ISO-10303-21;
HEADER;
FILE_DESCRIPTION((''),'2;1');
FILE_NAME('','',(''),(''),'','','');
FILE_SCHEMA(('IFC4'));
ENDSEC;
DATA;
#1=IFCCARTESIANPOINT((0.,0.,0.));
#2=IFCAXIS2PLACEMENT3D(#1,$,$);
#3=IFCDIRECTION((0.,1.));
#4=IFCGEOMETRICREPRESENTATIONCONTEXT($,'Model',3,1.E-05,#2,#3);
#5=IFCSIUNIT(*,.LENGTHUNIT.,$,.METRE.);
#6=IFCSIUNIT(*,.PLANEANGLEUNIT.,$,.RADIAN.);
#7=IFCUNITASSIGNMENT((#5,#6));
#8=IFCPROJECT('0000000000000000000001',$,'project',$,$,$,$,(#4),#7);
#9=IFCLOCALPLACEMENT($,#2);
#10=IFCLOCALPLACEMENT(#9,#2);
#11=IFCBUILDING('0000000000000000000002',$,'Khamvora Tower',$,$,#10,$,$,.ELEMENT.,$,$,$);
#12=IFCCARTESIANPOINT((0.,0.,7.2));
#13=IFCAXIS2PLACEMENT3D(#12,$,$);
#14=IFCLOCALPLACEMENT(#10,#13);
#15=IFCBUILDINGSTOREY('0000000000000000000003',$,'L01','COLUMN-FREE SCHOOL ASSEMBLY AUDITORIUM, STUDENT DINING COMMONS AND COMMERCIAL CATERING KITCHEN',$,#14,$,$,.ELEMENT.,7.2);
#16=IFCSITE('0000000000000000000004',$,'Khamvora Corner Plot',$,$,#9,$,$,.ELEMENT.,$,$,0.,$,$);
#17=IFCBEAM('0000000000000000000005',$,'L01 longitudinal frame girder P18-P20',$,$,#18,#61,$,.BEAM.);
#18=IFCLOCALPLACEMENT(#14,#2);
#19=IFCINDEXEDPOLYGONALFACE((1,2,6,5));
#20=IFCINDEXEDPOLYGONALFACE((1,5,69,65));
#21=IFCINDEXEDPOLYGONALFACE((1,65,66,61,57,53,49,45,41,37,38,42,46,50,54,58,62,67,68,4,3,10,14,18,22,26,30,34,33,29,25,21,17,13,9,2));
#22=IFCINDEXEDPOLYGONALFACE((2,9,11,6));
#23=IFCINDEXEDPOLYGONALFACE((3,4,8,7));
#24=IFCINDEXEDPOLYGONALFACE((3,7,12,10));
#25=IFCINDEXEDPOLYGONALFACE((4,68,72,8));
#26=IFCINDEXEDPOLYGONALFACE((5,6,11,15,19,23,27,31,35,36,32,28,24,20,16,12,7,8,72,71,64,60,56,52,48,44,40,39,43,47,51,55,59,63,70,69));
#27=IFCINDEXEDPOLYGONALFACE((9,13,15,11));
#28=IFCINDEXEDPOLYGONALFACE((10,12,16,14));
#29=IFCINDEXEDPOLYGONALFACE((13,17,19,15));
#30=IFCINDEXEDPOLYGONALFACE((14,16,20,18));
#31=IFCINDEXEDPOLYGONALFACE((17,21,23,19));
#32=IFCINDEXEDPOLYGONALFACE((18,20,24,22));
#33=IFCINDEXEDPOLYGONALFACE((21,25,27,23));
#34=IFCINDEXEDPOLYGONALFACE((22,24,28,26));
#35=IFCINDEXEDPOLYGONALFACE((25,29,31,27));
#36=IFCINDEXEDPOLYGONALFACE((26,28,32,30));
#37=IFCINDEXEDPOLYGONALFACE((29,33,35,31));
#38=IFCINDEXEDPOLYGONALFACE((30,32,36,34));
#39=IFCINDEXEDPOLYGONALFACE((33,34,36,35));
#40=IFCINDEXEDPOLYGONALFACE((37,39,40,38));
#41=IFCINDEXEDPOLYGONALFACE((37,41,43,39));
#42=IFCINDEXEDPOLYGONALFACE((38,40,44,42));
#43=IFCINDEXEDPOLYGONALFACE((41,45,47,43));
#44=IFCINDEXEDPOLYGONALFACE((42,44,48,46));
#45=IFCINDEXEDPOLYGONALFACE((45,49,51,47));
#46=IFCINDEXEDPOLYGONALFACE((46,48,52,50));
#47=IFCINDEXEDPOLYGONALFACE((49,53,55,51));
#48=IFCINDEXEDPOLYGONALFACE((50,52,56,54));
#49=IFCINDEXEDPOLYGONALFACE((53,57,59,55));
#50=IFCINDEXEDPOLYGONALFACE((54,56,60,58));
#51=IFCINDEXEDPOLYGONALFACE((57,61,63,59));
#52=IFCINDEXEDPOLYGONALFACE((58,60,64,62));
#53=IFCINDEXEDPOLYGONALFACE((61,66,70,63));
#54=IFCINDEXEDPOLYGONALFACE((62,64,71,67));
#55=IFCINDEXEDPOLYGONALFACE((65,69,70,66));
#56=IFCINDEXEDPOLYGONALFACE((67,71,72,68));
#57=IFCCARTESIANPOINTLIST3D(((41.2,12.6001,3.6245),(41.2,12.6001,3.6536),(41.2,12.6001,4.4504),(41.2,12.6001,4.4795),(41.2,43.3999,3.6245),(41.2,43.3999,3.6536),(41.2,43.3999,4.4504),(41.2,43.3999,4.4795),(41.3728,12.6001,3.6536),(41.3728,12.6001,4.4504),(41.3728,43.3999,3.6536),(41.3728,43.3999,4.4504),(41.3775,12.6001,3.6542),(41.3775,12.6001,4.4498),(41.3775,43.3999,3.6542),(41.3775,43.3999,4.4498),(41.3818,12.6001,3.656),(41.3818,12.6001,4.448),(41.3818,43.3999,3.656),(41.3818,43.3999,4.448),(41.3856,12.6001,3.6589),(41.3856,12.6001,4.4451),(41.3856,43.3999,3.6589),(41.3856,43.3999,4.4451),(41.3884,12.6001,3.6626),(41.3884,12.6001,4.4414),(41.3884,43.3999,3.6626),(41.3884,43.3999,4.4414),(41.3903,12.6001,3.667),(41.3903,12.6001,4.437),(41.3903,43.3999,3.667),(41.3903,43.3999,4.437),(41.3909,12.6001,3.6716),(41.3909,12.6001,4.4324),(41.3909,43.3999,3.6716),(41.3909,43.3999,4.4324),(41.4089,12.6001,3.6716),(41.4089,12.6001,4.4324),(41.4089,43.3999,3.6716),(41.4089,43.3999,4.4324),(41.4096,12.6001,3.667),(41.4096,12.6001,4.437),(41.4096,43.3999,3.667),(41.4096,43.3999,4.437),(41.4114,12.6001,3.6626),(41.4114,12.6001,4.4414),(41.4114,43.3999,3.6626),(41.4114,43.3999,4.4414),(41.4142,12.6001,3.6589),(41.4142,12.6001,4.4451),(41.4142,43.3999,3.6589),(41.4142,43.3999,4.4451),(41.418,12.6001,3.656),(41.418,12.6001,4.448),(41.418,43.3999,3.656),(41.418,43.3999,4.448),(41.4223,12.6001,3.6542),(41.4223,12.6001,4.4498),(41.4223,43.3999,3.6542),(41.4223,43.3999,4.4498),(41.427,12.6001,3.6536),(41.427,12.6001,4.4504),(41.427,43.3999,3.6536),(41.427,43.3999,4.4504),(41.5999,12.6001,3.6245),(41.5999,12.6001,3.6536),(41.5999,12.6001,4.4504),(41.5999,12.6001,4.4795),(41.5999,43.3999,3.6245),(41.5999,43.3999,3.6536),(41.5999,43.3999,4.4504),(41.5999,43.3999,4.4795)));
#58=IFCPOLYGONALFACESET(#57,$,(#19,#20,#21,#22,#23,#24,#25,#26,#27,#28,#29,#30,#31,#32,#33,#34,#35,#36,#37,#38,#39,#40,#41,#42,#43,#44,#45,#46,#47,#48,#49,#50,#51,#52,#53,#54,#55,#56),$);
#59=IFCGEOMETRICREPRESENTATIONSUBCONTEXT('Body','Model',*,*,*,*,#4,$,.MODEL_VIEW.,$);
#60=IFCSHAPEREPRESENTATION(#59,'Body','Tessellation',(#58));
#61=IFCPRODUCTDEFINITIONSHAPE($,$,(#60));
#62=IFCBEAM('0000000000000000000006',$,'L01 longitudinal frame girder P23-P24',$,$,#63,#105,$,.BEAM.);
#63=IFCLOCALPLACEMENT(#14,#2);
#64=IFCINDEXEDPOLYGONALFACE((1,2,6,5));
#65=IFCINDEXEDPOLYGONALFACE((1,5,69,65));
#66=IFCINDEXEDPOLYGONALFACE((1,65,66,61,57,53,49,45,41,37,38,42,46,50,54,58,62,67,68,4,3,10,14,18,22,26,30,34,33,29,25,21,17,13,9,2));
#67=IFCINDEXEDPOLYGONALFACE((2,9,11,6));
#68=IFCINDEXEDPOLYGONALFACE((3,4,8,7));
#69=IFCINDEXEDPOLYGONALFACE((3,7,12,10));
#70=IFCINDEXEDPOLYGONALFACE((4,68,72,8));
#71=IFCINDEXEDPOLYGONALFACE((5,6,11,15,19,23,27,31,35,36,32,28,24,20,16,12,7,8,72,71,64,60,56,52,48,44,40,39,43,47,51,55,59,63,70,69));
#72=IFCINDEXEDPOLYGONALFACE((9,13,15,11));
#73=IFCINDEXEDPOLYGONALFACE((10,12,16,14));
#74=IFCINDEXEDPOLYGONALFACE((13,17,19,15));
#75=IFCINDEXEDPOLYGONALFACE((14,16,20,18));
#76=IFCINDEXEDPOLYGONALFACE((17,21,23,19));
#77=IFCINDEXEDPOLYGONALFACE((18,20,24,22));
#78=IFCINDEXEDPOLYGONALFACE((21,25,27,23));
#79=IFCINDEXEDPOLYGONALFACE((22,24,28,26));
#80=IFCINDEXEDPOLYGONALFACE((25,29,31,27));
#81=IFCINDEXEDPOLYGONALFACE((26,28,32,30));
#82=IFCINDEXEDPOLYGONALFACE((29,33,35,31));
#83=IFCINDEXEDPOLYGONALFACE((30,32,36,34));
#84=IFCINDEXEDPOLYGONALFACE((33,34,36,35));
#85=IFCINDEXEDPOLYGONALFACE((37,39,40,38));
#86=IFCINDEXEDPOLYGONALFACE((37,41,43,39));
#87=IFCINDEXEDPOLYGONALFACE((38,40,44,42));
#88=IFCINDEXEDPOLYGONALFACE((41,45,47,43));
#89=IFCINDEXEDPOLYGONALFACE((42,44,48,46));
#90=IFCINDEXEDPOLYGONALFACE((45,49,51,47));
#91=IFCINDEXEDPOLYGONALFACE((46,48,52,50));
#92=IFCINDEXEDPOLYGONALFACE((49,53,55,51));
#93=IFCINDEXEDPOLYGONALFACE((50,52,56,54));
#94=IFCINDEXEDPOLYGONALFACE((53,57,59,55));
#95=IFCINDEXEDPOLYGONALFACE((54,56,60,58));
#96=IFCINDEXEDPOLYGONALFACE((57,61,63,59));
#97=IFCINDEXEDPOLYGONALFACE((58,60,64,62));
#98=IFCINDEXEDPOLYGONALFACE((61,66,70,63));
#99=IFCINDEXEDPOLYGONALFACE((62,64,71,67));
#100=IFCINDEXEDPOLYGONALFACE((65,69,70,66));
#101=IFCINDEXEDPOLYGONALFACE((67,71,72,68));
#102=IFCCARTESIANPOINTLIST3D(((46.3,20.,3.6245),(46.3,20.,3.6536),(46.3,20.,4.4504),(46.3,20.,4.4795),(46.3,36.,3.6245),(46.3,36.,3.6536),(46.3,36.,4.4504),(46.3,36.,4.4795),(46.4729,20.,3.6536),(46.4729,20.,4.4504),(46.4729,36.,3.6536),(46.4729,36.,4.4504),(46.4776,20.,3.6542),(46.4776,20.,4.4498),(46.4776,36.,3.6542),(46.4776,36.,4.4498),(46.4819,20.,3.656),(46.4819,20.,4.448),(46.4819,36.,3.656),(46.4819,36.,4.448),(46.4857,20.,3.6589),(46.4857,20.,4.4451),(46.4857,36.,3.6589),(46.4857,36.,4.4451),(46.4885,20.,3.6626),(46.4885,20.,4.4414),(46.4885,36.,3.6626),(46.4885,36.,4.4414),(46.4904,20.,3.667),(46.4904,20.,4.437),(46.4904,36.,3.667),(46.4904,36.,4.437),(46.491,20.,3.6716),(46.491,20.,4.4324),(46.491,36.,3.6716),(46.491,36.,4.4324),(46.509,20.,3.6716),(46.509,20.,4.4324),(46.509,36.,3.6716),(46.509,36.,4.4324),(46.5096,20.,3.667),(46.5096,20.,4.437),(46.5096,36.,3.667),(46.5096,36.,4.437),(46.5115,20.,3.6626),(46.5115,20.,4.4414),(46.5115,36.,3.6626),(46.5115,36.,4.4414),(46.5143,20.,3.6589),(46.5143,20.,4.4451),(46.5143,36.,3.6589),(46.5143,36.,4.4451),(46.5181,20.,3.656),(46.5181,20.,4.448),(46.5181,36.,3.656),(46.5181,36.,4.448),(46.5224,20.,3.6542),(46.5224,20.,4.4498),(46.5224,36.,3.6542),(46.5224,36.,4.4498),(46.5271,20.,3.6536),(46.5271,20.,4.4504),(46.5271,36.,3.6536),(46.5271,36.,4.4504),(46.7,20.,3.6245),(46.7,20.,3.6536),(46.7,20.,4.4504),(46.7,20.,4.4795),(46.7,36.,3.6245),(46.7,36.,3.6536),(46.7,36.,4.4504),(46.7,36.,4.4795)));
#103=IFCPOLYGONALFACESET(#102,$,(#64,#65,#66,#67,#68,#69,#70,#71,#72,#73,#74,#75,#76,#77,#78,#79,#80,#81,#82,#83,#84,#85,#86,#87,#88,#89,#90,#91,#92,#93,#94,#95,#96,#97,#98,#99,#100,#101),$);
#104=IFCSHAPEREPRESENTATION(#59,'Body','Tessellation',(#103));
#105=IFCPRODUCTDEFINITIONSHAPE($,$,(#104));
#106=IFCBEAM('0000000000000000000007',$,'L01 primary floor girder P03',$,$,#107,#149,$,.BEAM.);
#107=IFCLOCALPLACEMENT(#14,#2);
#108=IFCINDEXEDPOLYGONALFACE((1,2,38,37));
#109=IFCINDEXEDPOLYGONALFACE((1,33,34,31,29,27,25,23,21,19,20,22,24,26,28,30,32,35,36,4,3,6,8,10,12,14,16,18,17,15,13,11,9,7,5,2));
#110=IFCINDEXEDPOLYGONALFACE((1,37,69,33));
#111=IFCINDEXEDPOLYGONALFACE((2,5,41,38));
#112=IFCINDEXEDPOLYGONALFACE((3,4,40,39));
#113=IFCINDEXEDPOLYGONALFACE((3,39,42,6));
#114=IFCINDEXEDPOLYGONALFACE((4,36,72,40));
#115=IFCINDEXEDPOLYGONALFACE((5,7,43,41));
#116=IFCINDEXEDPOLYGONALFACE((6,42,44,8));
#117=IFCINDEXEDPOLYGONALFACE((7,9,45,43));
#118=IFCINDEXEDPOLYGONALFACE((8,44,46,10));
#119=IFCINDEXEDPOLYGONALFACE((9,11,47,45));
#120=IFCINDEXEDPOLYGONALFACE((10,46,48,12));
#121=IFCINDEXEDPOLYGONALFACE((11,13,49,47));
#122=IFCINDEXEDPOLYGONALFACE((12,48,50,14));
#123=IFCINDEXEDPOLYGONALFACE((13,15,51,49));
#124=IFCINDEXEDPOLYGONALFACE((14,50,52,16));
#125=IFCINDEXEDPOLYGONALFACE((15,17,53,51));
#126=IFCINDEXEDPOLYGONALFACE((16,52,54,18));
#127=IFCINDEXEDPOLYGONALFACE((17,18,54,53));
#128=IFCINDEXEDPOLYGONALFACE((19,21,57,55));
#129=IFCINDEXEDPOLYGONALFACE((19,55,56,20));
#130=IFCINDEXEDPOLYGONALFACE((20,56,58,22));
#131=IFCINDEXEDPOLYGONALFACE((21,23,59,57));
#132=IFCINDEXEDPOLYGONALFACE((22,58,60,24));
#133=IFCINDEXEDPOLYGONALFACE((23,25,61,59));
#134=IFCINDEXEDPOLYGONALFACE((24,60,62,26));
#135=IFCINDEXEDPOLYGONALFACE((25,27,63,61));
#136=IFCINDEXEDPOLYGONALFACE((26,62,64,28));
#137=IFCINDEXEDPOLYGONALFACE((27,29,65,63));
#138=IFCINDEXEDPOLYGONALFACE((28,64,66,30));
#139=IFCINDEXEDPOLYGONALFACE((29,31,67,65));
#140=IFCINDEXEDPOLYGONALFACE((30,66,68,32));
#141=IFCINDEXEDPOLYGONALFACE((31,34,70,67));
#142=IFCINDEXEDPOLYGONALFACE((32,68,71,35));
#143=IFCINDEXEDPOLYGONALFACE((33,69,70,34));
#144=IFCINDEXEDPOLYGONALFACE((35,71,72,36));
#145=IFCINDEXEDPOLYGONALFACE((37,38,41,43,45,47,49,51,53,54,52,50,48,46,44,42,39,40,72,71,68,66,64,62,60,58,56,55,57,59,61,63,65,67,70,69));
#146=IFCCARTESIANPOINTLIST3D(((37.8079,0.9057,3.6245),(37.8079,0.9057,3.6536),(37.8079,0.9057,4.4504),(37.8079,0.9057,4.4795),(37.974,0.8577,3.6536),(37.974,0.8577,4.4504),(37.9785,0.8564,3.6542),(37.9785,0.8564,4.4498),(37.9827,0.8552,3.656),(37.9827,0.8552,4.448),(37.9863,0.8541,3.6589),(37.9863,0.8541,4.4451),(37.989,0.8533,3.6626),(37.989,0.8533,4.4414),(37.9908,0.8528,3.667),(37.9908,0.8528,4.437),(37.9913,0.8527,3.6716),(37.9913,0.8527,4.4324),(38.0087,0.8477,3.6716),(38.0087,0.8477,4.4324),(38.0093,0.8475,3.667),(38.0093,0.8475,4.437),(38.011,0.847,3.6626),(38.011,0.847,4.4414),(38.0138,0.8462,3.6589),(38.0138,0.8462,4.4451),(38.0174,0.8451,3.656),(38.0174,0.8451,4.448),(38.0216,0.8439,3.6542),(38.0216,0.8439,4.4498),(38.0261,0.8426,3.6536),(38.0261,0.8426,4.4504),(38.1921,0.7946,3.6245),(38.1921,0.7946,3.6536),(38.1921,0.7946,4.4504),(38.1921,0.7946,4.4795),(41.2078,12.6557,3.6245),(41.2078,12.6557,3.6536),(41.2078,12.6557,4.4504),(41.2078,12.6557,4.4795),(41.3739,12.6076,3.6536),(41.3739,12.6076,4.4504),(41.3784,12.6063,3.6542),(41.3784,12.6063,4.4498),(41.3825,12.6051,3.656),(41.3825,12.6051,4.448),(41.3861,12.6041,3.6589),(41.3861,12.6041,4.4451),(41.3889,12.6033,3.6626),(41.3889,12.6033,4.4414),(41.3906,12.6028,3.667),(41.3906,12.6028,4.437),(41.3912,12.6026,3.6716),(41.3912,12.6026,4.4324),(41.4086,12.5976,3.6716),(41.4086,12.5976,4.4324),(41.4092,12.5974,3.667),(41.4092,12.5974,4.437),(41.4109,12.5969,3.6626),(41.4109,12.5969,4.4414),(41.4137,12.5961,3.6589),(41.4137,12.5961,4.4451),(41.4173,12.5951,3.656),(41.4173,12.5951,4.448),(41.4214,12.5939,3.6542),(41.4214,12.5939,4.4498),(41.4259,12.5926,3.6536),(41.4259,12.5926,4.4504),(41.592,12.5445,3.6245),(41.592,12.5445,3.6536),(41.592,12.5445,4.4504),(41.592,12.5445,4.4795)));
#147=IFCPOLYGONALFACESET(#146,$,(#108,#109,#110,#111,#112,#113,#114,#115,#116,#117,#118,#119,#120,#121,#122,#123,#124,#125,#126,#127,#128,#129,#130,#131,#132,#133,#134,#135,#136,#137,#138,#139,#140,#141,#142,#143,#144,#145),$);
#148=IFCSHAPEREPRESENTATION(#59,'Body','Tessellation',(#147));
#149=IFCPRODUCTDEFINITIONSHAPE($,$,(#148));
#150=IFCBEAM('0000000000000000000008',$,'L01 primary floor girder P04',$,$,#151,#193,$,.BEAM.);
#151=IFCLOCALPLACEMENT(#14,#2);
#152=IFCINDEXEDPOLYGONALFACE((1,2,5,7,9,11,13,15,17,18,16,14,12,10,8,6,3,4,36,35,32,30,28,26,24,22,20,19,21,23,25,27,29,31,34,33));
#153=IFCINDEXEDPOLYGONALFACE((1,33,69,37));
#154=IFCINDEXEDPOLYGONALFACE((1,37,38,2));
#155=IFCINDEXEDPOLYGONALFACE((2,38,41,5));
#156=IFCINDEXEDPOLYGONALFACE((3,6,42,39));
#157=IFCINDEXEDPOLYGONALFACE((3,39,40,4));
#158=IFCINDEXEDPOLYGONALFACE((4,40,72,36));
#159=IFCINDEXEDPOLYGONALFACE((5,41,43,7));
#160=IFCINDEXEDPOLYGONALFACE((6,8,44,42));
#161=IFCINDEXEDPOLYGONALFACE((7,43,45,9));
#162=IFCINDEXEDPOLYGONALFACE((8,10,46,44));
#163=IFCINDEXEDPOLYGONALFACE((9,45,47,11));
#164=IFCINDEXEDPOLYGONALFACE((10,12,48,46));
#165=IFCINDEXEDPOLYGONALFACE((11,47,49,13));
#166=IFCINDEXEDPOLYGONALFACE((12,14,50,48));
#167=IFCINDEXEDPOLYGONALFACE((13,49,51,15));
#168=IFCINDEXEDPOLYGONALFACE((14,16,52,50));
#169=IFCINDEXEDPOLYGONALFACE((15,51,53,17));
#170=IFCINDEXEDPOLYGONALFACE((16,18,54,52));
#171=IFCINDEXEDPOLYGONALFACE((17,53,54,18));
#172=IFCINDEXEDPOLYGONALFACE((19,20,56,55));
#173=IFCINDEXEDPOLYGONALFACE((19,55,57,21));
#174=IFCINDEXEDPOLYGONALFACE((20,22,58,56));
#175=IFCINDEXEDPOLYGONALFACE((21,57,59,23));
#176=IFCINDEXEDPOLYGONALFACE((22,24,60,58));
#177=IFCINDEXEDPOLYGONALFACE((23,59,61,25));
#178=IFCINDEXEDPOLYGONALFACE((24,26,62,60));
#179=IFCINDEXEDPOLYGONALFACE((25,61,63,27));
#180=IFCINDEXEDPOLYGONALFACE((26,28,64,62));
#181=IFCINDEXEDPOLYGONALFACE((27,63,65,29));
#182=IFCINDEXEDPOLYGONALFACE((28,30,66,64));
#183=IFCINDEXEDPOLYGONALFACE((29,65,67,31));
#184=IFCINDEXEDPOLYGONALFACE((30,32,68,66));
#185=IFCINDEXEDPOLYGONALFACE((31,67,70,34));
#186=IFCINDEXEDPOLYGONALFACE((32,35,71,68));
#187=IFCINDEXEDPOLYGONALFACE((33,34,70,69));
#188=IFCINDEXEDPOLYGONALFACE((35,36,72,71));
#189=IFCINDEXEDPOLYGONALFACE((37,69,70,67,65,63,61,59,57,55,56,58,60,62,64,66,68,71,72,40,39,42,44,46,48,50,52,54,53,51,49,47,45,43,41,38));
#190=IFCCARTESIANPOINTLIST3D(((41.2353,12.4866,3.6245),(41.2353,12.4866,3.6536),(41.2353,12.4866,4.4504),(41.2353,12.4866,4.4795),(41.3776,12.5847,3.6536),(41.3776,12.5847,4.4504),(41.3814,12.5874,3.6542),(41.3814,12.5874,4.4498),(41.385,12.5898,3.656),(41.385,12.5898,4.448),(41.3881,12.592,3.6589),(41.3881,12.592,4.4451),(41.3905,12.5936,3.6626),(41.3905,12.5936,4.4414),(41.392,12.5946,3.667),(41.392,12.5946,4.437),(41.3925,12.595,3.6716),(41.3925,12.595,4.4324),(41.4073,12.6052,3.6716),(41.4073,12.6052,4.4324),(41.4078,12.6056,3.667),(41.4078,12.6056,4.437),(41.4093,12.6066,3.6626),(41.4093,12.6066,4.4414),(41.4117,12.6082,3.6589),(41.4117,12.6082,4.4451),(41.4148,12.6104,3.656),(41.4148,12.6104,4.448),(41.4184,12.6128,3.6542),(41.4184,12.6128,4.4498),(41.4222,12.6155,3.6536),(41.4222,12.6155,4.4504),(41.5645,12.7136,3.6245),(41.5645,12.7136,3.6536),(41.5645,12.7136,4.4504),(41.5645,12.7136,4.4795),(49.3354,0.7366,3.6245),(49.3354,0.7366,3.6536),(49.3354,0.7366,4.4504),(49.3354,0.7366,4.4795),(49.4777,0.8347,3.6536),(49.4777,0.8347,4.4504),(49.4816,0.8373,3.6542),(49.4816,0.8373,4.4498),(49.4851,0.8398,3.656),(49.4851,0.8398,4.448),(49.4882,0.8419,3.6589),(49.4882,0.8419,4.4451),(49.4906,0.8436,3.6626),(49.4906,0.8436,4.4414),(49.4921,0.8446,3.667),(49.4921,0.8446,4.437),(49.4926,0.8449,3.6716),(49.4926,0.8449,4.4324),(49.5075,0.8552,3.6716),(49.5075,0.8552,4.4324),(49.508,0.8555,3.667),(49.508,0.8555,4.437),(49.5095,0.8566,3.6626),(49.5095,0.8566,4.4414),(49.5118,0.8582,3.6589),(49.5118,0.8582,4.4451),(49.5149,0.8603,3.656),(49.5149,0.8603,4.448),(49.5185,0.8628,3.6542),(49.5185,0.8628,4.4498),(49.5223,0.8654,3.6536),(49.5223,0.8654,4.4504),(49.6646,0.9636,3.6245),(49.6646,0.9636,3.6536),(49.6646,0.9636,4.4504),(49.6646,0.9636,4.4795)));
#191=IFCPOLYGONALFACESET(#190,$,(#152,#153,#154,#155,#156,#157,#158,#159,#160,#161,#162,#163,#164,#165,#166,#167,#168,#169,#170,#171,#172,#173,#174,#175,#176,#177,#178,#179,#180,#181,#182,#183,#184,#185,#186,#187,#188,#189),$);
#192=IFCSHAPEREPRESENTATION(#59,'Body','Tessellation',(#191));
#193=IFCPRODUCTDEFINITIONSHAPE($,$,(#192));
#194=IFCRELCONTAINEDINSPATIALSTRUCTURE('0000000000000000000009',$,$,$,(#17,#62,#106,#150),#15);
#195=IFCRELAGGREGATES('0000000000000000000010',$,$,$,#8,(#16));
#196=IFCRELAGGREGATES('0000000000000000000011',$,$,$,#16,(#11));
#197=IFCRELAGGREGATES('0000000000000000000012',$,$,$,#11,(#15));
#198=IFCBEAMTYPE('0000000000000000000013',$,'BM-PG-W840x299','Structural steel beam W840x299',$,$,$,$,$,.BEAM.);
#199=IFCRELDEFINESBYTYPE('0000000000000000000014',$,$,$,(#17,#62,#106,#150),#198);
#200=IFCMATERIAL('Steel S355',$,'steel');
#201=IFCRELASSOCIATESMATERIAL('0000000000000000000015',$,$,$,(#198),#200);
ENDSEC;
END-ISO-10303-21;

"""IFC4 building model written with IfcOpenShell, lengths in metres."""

from ifc_helpers import new_model, si_unit, direction, frame, origin, origin_2d, place, context, subcontext, project, spatial, i_section, extrude, material, material_profile, profile_set, type_object, element, save


model = new_model("IFC4")

# Units and contexts
model_context = context("Model", 3, precision=1e-05, world=origin(), true_north=direction((0.0, 1.0)))
body_context = subcontext(model_context, "Body", "Model", "MODEL_VIEW")
ifc_project = project(units=[si_unit("LENGTHUNIT", "METRE"), si_unit("PLANEANGLEUNIT", "RADIAN")], contexts=[model_context])

# Site, building, storey
site_placement = place(None, origin())
site = spatial("IfcSite", under=ifc_project, at=site_placement, Name="Khamvora Corner Plot", CompositionType="ELEMENT", RefElevation=0.0)
building_placement = place(site_placement, origin())
building = spatial("IfcBuilding", under=site, at=building_placement, Name="Khamvora Tower", CompositionType="ELEMENT")
storey_placement = place(building_placement, frame((0.0, 0.0, 7.2)))
storey = spatial("IfcBuildingStorey", under=building, at=storey_placement, Name="L01", Description="COLUMN-FREE SCHOOL ASSEMBLY AUDITORIUM, STUDENT DINING COMMONS AND COMMERCIAL CATERING KITCHEN", CompositionType="ELEMENT", Elevation=7.2)

# Beams
ifc_material_1 = material(Name="Steel S355", Category="steel")
ifc_material_profile_1 = material_profile(ifc_material_1, i_section(OverallWidth=0.3999, OverallDepth=0.855, WebThickness=0.0181, FlangeThickness=0.0291, FilletRadius=0.0181, at=origin_2d()), Name="W840x299")
ifc_profile_set_1 = profile_set([ifc_material_profile_1], Name="Steel S355")
beam_type_1 = type_object("IfcBeamType", Name="BM-PG-W840x299", Description="Structural steel beam W840x299", PredefinedType="BEAM", material=ifc_profile_set_1)
beam_1_placement = place(storey_placement, frame((41.3999, 12.6001, 4.052), z_axis=(0.0, 1.0, 0.0), x_axis=(-1.0, 0.0, 0.0)))
element("IfcBeam", 1, at=beam_1_placement, inside=storey, type_object=beam_type_1, Name="L01 longitudinal frame girder P18-P20", PredefinedType="BEAM", context=body_context, shape_type="SweptSolid", body=[
    extrude(i_section(OverallWidth=0.3999, OverallDepth=0.855, WebThickness=0.0181, FlangeThickness=0.0291, FilletRadius=0.0181, at=origin_2d()), origin(), (0.0, 0.0, 1.0), 30.7998),
])
beam_2_placement = place(storey_placement, frame((46.5, 20.0, 4.052), z_axis=(0.0, 1.0, 0.0), x_axis=(-1.0, 0.0, 0.0)))
element("IfcBeam", 2, at=beam_2_placement, inside=storey, type_object=beam_type_1, Name="L01 longitudinal frame girder P23-P24", PredefinedType="BEAM", context=body_context, shape_type="SweptSolid", body=[
    extrude(i_section(OverallWidth=0.3999, OverallDepth=0.855, WebThickness=0.0181, FlangeThickness=0.0291, FilletRadius=0.0181, at=origin_2d()), origin(), (0.0, 0.0, 1.0), 16.0),
])
beam_3_placement = place(storey_placement, frame((41.3999, 12.6001, 4.052), z_axis=(-0.277951, -0.960595, 0.0), x_axis=(0.960595, -0.277951, 0.0)))
element("IfcBeam", 3, at=beam_3_placement, inside=storey, type_object=beam_type_1, Name="L01 primary floor girder P03", PredefinedType="BEAM", context=body_context, shape_type="SweptSolid", body=[
    extrude(i_section(OverallWidth=0.3999, OverallDepth=0.855, WebThickness=0.0181, FlangeThickness=0.0291, FilletRadius=0.0181, at=origin_2d()), origin(), (0.0, 0.0, 1.0), 12.2319),
])
beam_4_placement = place(storey_placement, frame((41.3999, 12.6001, 4.052), z_axis=(0.567574, -0.823322, 0.0), x_axis=(0.823322, 0.567574, 0.0)))
element("IfcBeam", 4, at=beam_4_placement, inside=storey, type_object=beam_type_1, Name="L01 primary floor girder P04", PredefinedType="BEAM", context=body_context, shape_type="SweptSolid", body=[
    extrude(i_section(OverallWidth=0.3999, OverallDepth=0.855, WebThickness=0.0181, FlangeThickness=0.0291, FilletRadius=0.0181, at=origin_2d()), origin(), (0.0, 0.0, 1.0), 14.2715),
])

save(model, "model.ifc")
